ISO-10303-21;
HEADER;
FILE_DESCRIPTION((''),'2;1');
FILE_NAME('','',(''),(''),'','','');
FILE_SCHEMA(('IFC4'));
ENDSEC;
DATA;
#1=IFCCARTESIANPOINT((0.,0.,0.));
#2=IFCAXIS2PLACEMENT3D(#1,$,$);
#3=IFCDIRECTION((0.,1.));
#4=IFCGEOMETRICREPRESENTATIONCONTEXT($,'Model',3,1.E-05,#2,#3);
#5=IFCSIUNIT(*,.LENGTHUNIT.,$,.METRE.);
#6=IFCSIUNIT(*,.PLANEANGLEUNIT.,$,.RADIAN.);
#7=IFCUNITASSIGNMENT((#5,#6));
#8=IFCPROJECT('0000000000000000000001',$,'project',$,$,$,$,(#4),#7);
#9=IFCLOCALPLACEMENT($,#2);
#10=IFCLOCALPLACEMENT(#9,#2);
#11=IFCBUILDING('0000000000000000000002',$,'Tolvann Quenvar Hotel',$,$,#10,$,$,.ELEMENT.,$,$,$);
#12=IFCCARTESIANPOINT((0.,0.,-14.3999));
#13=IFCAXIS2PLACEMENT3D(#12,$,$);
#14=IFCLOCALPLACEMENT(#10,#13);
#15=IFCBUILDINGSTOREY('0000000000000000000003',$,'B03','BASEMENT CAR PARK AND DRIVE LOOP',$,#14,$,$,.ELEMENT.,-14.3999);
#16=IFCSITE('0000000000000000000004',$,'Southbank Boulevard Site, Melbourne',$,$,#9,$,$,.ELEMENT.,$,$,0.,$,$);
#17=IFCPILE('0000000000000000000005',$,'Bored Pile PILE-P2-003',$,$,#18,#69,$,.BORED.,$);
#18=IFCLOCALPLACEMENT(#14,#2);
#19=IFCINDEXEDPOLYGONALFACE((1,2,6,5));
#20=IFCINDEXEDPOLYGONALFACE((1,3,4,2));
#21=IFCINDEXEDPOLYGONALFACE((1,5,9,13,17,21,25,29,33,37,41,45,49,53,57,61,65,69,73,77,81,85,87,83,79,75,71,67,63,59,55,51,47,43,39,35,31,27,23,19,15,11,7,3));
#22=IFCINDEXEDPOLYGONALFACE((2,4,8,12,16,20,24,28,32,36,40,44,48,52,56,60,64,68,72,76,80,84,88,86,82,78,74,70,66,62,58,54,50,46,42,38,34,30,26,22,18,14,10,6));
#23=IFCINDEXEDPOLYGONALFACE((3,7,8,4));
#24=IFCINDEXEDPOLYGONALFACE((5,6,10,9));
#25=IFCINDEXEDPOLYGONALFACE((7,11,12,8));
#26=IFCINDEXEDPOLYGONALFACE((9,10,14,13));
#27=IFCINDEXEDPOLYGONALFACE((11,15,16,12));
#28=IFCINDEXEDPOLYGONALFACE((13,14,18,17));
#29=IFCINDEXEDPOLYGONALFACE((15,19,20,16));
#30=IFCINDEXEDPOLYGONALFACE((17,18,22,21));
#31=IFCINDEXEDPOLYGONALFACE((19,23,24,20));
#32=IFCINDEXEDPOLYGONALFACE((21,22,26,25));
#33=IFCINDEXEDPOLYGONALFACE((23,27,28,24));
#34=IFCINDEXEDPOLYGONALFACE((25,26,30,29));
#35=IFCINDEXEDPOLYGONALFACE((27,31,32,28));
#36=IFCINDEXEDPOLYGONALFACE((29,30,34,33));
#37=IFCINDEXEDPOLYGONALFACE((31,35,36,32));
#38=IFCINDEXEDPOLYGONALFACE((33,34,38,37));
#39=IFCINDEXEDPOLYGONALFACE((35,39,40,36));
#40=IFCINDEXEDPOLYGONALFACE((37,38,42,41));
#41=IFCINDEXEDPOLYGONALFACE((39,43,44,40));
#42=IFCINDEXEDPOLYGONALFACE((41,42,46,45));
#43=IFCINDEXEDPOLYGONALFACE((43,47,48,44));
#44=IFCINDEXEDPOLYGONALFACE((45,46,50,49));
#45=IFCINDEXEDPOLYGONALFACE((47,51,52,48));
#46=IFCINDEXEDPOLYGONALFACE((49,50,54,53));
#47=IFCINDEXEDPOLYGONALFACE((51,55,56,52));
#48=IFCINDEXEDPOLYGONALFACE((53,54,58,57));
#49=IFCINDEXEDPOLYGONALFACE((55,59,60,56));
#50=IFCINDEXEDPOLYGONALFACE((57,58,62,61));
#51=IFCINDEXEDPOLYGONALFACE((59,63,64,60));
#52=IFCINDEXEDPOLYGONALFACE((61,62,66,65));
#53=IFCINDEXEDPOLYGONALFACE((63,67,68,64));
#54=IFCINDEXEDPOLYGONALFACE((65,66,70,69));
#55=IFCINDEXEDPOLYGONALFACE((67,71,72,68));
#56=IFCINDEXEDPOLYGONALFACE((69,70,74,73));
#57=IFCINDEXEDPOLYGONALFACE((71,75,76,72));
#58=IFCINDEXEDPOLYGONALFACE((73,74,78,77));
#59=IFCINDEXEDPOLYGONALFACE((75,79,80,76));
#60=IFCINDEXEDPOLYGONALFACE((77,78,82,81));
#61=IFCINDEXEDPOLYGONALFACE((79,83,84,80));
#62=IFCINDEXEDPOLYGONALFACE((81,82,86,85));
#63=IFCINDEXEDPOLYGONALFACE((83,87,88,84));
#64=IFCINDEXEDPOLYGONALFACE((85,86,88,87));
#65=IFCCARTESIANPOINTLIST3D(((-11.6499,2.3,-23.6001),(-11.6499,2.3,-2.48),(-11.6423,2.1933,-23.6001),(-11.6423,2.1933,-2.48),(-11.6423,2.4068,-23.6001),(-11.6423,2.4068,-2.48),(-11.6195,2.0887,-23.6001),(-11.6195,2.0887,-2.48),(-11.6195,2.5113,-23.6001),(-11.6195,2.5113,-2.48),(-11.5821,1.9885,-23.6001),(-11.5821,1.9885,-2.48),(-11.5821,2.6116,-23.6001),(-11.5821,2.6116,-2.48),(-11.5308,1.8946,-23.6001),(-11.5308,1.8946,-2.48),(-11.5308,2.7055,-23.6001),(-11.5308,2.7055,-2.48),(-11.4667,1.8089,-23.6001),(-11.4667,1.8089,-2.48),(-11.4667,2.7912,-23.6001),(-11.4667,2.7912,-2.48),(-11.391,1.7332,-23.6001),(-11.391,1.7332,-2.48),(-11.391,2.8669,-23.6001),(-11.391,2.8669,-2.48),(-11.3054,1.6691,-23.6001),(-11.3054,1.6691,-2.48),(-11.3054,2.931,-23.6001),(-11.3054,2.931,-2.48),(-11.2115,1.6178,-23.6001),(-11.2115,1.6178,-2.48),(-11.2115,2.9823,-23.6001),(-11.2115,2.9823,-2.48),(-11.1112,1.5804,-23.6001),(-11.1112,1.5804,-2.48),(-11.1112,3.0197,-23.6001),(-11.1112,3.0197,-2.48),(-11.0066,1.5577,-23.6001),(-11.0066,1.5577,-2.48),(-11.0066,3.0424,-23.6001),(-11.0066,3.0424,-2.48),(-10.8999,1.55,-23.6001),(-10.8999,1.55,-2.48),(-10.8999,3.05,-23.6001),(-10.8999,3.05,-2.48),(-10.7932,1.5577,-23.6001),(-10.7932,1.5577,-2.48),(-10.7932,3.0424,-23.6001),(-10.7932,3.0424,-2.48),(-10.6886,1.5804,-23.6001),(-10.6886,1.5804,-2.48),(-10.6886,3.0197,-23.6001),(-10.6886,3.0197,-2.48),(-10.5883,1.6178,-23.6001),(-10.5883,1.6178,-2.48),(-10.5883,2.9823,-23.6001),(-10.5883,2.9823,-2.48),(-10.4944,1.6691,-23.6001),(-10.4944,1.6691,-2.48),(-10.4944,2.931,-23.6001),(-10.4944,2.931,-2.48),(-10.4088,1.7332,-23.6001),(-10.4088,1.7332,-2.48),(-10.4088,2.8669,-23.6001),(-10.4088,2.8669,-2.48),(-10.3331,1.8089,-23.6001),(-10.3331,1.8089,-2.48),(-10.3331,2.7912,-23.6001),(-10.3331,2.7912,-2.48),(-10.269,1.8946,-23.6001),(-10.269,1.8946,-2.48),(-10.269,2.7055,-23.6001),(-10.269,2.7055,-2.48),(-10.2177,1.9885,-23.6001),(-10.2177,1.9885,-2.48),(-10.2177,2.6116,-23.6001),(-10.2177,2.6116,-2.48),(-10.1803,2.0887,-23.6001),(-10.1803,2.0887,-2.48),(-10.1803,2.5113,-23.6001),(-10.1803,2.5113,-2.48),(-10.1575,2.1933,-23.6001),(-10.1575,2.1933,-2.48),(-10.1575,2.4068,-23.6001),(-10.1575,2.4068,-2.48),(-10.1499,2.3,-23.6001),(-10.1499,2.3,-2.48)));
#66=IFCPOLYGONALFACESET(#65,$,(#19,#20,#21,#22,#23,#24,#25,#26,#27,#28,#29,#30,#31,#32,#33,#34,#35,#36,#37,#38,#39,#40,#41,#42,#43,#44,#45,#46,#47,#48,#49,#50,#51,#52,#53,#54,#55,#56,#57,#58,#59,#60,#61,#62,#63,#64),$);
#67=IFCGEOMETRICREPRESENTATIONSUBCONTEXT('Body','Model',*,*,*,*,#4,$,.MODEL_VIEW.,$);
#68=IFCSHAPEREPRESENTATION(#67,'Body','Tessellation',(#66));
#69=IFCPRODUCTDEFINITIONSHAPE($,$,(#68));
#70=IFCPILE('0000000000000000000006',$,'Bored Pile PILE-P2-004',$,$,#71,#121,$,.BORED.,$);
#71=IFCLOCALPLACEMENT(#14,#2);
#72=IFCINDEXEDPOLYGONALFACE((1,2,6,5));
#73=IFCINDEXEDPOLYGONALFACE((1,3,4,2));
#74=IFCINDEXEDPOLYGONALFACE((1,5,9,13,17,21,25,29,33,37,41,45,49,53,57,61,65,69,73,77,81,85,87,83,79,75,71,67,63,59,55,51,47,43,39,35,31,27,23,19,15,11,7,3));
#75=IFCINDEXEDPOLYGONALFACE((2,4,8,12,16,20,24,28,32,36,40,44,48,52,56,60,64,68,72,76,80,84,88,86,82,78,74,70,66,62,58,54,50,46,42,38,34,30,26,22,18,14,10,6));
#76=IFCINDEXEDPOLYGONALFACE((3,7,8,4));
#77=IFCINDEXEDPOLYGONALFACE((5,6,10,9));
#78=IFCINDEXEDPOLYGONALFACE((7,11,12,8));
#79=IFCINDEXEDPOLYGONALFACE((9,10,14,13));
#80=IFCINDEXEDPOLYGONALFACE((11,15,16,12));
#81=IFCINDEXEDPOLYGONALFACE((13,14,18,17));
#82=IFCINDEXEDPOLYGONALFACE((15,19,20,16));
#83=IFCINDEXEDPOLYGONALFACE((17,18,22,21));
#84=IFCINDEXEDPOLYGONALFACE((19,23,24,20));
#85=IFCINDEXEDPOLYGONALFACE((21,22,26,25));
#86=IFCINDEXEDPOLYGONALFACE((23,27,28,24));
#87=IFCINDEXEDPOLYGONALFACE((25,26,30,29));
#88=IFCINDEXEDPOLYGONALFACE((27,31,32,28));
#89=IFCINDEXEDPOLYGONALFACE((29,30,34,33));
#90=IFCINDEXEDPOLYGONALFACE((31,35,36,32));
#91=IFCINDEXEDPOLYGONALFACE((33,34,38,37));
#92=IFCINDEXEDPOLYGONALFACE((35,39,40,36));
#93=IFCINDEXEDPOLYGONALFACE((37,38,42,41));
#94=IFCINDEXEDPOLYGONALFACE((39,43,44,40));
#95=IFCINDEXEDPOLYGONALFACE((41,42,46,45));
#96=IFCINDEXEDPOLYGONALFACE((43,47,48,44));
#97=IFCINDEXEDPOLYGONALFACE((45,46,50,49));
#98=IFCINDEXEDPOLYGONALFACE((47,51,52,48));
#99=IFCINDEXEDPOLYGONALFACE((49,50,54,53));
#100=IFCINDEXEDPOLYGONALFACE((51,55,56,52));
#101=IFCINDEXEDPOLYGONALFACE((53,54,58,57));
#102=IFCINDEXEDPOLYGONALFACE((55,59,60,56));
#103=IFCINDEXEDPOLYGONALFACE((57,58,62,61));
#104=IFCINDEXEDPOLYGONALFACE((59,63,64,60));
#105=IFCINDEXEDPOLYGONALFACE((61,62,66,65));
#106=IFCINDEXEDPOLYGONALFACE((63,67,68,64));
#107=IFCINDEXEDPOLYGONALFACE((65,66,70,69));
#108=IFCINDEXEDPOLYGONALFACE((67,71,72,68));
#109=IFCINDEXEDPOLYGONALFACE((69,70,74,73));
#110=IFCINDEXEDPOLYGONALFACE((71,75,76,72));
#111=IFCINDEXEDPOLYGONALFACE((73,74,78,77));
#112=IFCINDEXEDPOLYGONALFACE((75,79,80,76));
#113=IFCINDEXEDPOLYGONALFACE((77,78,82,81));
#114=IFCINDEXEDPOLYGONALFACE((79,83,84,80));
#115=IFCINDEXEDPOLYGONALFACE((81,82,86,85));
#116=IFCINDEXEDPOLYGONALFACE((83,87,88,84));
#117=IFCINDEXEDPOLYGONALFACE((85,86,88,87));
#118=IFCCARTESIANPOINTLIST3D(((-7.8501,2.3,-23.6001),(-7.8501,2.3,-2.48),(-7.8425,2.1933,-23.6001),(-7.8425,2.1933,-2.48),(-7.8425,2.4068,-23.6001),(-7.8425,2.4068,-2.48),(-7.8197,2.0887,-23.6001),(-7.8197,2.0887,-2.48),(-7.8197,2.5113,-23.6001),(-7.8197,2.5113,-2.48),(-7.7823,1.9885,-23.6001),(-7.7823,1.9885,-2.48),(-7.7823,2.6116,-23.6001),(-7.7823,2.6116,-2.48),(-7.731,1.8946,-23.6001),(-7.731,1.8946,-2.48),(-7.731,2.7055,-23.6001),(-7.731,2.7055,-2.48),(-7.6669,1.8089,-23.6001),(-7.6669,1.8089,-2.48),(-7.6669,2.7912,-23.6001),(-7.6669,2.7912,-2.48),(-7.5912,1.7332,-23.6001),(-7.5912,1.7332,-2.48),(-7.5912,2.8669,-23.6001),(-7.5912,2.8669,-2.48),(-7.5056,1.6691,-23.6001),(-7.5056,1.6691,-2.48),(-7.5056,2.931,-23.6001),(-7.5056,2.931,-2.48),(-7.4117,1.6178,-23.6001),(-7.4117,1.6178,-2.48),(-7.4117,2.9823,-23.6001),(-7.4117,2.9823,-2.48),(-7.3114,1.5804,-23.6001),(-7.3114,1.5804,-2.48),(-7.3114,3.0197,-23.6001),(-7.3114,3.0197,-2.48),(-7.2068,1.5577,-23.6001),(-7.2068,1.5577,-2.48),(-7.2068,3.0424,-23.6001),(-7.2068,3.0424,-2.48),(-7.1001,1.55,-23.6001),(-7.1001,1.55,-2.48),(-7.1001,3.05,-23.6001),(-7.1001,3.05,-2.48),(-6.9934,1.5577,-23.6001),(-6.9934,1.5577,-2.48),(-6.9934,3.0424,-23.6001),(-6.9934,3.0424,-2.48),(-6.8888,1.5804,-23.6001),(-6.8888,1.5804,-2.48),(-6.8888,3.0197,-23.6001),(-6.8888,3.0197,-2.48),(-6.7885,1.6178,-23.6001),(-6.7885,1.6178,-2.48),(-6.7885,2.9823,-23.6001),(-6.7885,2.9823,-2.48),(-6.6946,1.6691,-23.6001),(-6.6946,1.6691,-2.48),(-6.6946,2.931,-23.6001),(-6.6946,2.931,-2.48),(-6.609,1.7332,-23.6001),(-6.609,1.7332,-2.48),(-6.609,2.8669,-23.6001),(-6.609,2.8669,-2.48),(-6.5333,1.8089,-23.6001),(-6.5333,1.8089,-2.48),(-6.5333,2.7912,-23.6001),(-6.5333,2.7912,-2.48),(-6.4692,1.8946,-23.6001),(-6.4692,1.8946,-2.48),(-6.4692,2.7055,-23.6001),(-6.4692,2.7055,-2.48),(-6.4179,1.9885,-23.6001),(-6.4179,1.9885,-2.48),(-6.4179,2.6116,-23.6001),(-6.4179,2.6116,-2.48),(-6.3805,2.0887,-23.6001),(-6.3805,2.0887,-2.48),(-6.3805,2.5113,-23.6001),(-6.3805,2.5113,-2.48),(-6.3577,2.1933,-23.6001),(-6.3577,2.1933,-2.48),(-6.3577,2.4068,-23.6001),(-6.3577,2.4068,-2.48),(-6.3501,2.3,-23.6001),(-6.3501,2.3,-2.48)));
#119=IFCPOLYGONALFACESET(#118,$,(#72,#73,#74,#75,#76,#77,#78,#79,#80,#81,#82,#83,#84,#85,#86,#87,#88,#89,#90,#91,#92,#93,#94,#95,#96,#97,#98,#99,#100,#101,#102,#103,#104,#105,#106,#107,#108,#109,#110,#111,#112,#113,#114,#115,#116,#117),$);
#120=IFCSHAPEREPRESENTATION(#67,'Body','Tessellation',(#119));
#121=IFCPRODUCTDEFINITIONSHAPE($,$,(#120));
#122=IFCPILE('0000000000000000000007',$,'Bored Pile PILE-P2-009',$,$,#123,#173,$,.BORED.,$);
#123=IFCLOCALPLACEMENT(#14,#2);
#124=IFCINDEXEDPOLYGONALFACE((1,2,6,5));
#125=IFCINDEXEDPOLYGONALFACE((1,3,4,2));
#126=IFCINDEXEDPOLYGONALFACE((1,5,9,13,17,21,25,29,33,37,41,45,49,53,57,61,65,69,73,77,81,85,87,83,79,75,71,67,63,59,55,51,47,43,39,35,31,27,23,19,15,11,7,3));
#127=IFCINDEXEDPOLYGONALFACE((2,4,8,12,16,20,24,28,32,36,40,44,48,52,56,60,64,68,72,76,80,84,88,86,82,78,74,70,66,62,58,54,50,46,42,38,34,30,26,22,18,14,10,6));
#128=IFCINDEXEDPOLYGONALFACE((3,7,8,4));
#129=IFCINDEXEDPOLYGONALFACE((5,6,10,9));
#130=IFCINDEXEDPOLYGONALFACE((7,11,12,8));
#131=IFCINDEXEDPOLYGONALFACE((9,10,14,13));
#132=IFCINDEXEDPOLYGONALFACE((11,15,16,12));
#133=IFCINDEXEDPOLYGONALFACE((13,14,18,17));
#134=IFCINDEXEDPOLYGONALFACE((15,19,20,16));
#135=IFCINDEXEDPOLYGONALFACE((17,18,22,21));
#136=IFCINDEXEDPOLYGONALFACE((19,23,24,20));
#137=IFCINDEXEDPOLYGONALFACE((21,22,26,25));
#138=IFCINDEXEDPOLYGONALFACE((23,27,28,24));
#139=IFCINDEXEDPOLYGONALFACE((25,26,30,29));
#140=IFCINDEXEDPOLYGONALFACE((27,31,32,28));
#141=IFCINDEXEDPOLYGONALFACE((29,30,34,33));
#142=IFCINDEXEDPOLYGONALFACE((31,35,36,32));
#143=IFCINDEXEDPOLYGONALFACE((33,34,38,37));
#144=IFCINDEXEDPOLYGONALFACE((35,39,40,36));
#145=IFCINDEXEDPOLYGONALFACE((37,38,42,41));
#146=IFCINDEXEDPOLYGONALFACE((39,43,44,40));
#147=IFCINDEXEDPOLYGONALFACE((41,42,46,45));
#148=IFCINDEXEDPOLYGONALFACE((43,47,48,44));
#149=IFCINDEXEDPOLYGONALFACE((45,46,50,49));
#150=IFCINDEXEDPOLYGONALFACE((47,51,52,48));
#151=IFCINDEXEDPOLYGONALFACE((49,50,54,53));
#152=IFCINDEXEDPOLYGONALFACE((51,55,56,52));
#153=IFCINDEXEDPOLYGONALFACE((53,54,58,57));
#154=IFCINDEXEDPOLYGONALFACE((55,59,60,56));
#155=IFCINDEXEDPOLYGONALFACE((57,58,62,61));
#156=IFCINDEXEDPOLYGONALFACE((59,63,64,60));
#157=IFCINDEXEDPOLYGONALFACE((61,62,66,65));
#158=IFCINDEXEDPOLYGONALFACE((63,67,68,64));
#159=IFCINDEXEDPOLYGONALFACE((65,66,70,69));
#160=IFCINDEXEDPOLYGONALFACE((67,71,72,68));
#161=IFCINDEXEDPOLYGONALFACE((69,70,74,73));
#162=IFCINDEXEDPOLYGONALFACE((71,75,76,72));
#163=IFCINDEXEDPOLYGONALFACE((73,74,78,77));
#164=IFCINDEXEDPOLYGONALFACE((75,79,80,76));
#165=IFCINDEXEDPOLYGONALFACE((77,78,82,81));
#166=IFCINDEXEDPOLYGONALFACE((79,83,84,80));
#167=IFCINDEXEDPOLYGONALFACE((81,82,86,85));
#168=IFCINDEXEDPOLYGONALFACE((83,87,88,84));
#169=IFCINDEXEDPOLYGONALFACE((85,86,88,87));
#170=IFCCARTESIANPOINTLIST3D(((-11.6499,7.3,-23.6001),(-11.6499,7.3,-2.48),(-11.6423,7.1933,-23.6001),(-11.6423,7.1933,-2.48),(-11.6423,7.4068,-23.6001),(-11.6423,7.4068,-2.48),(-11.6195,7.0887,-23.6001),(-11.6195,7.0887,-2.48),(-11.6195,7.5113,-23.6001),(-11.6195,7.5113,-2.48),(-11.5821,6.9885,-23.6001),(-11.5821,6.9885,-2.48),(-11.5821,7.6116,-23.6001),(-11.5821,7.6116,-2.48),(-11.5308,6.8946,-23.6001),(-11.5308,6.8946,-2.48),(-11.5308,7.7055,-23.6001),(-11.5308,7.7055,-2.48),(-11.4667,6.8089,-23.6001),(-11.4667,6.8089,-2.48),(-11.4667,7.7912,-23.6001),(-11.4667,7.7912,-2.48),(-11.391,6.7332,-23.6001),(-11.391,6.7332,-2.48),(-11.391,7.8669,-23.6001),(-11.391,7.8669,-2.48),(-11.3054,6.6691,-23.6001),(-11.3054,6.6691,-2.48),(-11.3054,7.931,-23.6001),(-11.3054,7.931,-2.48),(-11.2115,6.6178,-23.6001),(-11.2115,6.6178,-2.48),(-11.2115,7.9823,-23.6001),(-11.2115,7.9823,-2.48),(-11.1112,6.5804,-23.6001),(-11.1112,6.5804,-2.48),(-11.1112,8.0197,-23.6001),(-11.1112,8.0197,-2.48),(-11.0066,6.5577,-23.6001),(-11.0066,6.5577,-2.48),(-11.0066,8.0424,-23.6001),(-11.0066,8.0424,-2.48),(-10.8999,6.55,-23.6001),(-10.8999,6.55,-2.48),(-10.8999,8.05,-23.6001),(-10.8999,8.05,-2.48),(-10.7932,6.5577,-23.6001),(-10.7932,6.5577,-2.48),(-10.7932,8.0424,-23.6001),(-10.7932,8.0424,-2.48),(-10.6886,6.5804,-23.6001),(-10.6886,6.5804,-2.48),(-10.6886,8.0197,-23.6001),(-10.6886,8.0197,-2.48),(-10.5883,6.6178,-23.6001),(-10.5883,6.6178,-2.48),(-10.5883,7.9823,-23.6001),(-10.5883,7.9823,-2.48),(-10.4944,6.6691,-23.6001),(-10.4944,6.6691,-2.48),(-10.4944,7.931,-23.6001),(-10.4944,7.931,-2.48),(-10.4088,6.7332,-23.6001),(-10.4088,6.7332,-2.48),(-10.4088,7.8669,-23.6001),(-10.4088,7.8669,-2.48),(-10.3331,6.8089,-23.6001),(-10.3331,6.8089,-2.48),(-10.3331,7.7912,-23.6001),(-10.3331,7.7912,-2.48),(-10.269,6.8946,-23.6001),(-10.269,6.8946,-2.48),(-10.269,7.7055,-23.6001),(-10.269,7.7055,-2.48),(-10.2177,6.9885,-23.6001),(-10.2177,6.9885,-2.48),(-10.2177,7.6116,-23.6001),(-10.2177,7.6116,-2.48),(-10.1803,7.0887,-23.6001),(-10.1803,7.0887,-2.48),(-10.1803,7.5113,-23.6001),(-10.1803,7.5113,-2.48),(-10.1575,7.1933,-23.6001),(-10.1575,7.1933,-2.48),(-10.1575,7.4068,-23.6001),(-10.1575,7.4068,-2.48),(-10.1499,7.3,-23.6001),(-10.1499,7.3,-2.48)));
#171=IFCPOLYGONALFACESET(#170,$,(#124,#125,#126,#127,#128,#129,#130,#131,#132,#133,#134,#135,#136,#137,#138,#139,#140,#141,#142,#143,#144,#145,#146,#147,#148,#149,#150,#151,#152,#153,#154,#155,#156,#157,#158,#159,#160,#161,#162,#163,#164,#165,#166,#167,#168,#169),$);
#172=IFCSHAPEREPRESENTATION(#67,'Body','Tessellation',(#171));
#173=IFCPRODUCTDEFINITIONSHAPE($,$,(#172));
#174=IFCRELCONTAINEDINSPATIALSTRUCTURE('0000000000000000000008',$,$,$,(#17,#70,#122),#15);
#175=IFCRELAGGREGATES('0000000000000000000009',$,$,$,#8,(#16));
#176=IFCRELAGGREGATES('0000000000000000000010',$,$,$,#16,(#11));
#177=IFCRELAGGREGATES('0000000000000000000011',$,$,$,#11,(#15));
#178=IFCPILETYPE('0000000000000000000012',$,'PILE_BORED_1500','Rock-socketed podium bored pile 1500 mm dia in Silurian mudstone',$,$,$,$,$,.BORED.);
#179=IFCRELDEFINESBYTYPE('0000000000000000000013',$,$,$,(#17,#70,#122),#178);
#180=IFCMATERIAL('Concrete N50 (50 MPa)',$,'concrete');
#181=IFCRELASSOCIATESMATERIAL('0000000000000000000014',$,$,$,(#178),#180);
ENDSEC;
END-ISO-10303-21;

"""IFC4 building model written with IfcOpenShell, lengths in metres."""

from ifc_helpers import new_model, si_unit, direction, frame, origin, origin_2d, place, context, subcontext, project, spatial, circle, extrude, material, material_profile, profile_set, type_object, element, save


model = new_model("IFC4")

# Units and contexts
model_context = context("Model", 3, precision=1e-05, world=origin(), true_north=direction((0.0, 1.0)))
body_context = subcontext(model_context, "Body", "Model", "MODEL_VIEW")
ifc_project = project(units=[si_unit("LENGTHUNIT", "METRE"), si_unit("PLANEANGLEUNIT", "RADIAN")], contexts=[model_context])

# Site, building, storey
site_placement = place(None, origin())
site = spatial("IfcSite", under=ifc_project, at=site_placement, Name="Southbank Boulevard Site, Melbourne", CompositionType="ELEMENT", RefElevation=0.0)
building_placement = place(site_placement, origin())
building = spatial("IfcBuilding", under=site, at=building_placement, Name="Tolvann Quenvar Hotel", CompositionType="ELEMENT")
storey_placement = place(building_placement, frame((0.0, 0.0, -14.3999)))
storey = spatial("IfcBuildingStorey", under=building, at=storey_placement, Name="B03", Description="BASEMENT CAR PARK AND DRIVE LOOP", CompositionType="ELEMENT", Elevation=-14.3999)

# Piles
ifc_material_1 = material(Name="Concrete N50 (50 MPa)", Category="concrete")
ifc_material_profile_1 = material_profile(ifc_material_1, circle(Radius=0.75, at=origin_2d()), Name="PILE1500")
ifc_profile_set_1 = profile_set([ifc_material_profile_1], Name="Concrete N50 (50 MPa)")
pile_type = type_object("IfcPileType", Name="PILE_BORED_1500", Description="Rock-socketed podium bored pile 1500 mm dia in Silurian mudstone", PredefinedType="BORED", material=ifc_profile_set_1)
for number, where, z_axis, x_axis, name in (
    (1, (-10.8999, 2.3, -2.48), (0.0, 0.0, -1.0), (1.0, 0.0, 0.0), "Bored Pile PILE-P2-003"),
    (2, (-7.1001, 2.3, -2.48), (0.0, 0.0, -1.0), (1.0, 0.0, 0.0), "Bored Pile PILE-P2-004"),
    (3, (-10.8999, 7.3, -2.48), (0.0, 0.0, -1.0), (1.0, 0.0, 0.0), "Bored Pile PILE-P2-009"),
):
    element("IfcPile", number, at=place(storey_placement, frame(where, z_axis=z_axis, x_axis=x_axis)), inside=storey, type_object=pile_type, Name=name, PredefinedType="BORED", context=body_context, shape_type="SweptSolid", body=[
        extrude(circle(Radius=0.75, at=origin_2d()), origin(), (0.0, 0.0, 1.0), 21.1201),
    ])

save(model, "model.ifc")
